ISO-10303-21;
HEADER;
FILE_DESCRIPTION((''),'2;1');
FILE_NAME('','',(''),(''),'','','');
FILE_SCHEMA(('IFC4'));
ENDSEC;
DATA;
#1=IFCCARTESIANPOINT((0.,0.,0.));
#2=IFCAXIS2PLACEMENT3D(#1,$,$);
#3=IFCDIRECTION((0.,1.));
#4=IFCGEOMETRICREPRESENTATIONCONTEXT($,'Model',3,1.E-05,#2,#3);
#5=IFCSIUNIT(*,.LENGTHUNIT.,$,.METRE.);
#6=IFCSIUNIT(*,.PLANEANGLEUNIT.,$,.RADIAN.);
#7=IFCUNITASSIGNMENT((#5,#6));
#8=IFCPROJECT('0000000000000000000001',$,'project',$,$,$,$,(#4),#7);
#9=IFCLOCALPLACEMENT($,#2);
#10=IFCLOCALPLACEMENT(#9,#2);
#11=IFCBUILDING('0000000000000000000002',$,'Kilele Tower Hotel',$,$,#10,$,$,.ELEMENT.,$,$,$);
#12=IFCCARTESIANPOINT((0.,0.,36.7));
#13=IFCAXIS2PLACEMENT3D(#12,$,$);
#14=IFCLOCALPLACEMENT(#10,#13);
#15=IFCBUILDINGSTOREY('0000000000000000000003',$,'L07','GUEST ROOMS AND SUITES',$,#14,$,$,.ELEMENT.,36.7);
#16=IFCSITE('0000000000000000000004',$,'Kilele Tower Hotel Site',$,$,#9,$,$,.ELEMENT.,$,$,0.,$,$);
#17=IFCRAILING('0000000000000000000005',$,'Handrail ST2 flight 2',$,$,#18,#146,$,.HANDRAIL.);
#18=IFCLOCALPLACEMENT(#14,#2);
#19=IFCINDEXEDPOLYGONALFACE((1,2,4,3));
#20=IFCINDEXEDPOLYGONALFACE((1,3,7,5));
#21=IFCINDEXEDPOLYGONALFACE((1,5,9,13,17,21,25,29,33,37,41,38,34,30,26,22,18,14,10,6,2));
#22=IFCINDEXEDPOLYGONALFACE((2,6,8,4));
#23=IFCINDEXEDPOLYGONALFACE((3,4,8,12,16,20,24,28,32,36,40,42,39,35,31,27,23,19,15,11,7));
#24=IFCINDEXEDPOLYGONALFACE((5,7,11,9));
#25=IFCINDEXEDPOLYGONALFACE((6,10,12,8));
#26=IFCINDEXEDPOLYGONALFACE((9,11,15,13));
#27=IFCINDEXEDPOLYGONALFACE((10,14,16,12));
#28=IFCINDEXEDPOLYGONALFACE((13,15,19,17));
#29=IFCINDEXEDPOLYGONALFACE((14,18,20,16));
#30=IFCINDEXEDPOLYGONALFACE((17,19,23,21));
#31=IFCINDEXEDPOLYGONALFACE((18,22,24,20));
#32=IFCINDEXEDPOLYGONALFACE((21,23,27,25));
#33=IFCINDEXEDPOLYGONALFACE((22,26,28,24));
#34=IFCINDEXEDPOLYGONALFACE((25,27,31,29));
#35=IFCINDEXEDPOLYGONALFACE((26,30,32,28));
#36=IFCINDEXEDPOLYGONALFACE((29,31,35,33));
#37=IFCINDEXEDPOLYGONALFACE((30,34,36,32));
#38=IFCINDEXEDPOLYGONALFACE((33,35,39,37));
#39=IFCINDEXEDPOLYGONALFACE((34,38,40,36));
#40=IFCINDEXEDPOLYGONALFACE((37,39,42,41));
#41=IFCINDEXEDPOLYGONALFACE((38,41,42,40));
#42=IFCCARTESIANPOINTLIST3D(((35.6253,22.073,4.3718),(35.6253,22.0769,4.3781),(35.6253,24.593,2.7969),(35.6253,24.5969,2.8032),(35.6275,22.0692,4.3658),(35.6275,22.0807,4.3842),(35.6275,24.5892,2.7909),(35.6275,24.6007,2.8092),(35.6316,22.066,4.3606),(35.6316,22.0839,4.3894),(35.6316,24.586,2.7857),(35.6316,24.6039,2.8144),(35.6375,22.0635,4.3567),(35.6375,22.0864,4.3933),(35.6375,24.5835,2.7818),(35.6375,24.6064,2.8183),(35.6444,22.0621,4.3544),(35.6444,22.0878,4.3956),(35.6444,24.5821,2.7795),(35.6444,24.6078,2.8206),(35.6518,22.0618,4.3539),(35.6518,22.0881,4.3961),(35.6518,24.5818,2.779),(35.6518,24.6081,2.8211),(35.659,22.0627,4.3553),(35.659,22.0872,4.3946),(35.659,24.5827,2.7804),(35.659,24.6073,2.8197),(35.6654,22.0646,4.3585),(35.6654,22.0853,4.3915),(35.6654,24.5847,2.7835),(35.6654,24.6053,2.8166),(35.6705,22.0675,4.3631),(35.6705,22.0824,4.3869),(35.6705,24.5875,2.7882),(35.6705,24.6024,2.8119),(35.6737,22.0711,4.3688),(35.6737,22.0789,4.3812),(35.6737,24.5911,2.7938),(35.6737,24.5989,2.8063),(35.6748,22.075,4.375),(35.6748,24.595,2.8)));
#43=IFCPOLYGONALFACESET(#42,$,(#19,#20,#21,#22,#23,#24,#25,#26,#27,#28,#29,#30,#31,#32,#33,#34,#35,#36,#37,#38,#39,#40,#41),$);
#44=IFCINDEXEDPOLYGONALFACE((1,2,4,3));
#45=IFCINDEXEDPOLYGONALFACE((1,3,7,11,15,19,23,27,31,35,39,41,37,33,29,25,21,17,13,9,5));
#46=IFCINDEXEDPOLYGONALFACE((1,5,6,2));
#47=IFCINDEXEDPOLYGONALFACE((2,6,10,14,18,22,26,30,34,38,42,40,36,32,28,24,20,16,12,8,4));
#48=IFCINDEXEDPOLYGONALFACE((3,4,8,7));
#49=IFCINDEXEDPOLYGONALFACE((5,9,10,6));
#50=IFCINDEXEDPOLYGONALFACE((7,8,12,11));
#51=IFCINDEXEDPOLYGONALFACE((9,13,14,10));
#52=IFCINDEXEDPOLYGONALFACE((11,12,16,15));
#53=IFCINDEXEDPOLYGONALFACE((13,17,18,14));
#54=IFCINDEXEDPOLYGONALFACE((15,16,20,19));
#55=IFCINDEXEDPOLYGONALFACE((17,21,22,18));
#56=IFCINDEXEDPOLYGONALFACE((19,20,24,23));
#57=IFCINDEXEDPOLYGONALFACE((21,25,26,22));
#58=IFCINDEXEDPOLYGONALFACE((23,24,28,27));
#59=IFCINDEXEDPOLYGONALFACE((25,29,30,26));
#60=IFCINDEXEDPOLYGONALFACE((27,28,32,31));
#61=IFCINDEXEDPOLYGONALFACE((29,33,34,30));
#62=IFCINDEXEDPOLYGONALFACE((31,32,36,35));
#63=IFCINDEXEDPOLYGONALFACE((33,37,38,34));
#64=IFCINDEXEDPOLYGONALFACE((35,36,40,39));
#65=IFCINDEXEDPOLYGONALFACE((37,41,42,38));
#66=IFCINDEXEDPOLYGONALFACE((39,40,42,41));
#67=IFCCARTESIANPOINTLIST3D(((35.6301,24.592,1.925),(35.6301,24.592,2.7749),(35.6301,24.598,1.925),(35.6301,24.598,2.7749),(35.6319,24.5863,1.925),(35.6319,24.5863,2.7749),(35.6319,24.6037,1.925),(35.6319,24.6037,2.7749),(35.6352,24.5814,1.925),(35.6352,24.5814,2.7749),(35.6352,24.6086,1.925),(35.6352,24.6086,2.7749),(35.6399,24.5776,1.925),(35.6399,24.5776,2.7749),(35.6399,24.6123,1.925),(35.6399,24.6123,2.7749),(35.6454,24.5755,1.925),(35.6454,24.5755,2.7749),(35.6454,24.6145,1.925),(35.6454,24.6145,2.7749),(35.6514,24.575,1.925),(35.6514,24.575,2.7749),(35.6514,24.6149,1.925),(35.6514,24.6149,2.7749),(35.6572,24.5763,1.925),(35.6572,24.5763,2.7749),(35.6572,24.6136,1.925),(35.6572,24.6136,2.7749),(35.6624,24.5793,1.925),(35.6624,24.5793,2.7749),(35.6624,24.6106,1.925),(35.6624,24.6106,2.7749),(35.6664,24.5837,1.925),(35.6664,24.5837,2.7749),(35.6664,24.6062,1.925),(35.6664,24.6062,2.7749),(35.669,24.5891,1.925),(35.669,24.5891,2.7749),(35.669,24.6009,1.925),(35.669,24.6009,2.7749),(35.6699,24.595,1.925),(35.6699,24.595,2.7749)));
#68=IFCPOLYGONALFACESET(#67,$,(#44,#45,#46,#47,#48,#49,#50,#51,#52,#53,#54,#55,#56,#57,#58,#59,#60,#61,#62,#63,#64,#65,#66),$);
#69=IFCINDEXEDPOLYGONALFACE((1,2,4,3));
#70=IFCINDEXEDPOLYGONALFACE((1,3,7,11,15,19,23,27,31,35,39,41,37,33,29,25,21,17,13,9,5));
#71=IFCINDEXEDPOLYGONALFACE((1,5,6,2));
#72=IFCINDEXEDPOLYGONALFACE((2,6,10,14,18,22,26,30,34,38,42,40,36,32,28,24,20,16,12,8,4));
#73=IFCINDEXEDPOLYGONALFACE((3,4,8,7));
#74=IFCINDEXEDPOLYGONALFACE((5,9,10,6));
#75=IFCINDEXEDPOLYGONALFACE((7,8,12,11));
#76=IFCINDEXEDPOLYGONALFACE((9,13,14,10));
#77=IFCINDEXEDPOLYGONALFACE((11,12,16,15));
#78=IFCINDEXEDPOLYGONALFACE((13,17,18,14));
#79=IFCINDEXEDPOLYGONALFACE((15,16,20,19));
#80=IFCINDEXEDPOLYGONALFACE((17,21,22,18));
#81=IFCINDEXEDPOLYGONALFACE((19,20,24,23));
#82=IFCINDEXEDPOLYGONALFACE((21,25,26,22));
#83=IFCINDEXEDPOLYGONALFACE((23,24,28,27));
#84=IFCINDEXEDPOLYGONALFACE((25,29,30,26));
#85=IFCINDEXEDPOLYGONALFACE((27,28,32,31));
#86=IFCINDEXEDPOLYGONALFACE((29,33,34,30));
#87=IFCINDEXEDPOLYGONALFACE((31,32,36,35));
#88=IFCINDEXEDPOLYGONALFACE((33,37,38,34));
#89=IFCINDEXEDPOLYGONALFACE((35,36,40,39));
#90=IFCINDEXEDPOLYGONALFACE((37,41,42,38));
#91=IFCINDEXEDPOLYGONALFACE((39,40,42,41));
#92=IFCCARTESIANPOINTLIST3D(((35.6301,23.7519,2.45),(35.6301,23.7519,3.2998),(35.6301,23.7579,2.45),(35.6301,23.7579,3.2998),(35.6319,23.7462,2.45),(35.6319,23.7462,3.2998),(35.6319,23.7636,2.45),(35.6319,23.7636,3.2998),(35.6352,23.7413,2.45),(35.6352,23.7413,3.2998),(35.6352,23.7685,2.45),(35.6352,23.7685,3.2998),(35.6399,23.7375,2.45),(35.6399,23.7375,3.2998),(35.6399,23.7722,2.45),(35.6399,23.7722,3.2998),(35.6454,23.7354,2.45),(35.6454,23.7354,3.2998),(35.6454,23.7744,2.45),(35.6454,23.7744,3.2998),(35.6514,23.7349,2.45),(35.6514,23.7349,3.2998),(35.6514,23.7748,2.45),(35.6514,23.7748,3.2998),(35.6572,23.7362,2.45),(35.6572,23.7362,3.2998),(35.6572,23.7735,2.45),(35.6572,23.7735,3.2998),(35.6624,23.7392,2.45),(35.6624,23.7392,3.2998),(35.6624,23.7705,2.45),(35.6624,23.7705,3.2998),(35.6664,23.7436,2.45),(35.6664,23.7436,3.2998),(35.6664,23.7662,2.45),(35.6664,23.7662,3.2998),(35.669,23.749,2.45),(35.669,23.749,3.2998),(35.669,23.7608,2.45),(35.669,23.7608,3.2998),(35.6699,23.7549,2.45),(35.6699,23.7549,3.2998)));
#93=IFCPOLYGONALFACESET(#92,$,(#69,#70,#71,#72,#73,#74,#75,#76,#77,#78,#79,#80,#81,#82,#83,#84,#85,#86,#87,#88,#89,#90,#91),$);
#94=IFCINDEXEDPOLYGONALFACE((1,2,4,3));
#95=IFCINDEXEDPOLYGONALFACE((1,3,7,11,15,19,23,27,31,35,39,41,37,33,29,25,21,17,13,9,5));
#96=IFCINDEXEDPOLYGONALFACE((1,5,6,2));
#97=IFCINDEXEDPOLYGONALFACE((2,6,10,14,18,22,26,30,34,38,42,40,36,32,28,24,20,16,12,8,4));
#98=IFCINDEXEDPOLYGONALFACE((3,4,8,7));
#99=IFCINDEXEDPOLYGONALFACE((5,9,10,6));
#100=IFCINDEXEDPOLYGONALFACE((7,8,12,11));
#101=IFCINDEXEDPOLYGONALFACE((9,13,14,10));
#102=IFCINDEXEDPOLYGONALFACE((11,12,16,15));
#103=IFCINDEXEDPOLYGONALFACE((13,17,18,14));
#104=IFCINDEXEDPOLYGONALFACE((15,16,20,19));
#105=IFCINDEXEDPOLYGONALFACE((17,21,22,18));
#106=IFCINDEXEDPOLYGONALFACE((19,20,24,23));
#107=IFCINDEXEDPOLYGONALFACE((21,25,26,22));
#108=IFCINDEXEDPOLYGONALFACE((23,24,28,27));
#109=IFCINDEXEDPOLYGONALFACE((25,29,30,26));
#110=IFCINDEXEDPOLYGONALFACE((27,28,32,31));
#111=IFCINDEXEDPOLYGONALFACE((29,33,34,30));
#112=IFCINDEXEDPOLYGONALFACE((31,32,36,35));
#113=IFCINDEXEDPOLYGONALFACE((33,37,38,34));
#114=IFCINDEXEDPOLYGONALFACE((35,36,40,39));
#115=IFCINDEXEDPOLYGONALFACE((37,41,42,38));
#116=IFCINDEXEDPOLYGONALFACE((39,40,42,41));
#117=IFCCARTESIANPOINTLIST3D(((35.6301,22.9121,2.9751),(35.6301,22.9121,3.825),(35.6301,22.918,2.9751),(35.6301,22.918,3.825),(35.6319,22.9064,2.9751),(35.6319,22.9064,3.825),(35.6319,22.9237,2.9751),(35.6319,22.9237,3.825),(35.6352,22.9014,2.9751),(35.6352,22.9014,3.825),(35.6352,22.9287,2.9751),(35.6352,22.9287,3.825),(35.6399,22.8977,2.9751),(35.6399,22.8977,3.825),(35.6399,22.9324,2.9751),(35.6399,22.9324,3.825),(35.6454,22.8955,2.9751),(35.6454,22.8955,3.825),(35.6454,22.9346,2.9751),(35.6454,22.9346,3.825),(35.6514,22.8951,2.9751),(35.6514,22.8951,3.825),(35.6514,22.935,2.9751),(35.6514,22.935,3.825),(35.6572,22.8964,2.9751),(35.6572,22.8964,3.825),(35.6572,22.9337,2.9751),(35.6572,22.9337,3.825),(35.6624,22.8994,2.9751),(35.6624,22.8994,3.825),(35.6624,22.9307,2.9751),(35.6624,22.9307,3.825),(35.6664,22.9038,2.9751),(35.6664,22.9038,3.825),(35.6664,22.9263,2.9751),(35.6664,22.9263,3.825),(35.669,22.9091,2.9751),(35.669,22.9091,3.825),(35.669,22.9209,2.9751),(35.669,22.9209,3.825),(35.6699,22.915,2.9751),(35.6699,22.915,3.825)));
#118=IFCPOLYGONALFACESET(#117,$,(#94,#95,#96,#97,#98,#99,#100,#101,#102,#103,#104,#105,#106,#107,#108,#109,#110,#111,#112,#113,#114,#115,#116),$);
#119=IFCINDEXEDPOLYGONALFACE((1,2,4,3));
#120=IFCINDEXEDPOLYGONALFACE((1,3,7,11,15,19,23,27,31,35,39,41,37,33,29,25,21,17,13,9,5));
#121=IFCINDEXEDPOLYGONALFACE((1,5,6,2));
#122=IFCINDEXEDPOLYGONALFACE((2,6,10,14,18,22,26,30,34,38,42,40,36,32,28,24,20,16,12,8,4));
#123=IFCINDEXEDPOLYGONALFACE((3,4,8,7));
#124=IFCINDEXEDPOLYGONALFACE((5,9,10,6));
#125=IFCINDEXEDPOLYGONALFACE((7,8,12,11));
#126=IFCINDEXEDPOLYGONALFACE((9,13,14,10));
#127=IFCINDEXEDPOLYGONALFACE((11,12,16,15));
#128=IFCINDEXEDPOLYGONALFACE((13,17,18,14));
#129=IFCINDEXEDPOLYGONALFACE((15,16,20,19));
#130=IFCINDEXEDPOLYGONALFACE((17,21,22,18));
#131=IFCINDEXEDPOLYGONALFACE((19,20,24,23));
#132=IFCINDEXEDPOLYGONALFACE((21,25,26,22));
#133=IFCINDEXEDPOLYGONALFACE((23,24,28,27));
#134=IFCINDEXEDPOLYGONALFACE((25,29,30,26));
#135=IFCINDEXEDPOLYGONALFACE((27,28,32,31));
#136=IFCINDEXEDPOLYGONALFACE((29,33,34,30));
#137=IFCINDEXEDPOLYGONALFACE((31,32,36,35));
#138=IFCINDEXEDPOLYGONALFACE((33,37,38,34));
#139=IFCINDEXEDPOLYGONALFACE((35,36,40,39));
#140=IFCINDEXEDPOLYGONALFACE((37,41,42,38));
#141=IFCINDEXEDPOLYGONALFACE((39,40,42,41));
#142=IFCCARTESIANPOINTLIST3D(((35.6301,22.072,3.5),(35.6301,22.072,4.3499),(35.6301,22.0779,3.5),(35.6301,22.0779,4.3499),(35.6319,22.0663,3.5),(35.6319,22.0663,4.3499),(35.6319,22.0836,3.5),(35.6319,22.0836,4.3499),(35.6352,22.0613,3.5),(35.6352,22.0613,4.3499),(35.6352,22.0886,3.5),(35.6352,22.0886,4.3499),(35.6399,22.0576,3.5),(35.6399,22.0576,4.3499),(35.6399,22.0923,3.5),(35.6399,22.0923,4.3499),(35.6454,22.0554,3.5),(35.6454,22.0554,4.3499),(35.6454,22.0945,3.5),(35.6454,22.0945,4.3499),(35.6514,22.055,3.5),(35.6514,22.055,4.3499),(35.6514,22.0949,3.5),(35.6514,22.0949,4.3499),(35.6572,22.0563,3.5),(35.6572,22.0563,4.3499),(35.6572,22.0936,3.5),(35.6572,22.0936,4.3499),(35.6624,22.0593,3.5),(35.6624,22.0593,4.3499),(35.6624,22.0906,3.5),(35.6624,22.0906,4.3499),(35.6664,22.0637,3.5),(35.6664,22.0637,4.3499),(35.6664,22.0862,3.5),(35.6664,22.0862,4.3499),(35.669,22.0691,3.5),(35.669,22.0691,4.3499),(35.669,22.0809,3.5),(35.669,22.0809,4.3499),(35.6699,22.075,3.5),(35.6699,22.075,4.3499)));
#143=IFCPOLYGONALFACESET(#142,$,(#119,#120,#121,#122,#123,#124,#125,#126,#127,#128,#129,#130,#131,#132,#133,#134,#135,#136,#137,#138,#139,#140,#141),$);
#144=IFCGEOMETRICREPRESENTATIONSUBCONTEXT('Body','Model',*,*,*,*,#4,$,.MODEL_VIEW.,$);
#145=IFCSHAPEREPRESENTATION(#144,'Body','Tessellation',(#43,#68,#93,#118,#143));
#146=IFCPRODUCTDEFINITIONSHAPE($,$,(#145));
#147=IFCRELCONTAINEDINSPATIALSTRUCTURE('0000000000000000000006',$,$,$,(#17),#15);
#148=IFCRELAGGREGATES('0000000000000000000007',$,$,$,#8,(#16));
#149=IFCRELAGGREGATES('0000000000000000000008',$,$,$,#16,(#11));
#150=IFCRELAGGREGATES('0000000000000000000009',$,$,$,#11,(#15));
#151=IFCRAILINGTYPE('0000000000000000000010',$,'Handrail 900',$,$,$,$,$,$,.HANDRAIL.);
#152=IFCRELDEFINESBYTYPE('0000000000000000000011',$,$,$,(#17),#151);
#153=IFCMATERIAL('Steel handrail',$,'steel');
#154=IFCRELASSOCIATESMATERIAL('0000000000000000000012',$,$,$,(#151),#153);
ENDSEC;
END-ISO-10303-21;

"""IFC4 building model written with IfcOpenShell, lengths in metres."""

from ifc_helpers import new_model, si_unit, direction, frame, origin, origin_2d, place, context, subcontext, project, spatial, circle, extrude, material, type_object, element, save


model = new_model("IFC4")

# Units and contexts
model_context = context("Model", 3, precision=1e-05, world=origin(), true_north=direction((0.0, 1.0)))
body_context = subcontext(model_context, "Body", "Model", "MODEL_VIEW")
ifc_project = project(units=[si_unit("LENGTHUNIT", "METRE"), si_unit("PLANEANGLEUNIT", "RADIAN")], contexts=[model_context])

# Site, building, storey
site_placement = place(None, origin())
site = spatial("IfcSite", under=ifc_project, at=site_placement, Name="Kilele Tower Hotel Site", CompositionType="ELEMENT", RefElevation=0.0)
building_placement = place(site_placement, origin())
building = spatial("IfcBuilding", under=site, at=building_placement, Name="Kilele Tower Hotel", CompositionType="ELEMENT")
storey_placement = place(building_placement, frame((0.0, 0.0, 36.7)))
storey = spatial("IfcBuildingStorey", under=building, at=storey_placement, Name="L07", Description="GUEST ROOMS AND SUITES", CompositionType="ELEMENT", Elevation=36.7)

# Railing
ifc_material_1 = material(Name="Steel handrail", Category="steel")
railing_type_1 = type_object("IfcRailingType", Name="Handrail 900", PredefinedType="HANDRAIL", material=ifc_material_1)
for number, where, name in (
    (1, (35.6499, 24.595, 1.925), "Handrail ST2 flight 2"),
):
    element("IfcRailing", number, at=place(storey_placement, frame(where)), inside=storey, type_object=railing_type_1, Name=name, PredefinedType="HANDRAIL", context=body_context, shape_type="SweptSolid", body=[
        extrude(circle(Radius=0.0249, at=origin_2d()), frame((0.0, 0.0, 0.875), z_axis=(0.0, -0.848008, 0.529984), x_axis=(1.0, 0.0, 0.0)), (0.0, 0.0, 1.0), 2.9717),
        extrude(circle(Radius=0.02, at=origin_2d()), origin(), (0.0, 0.0, 1.0), 0.8499),
        extrude(circle(Radius=0.02, at=origin_2d()), frame((0.0, -0.8401, 0.5249)), (0.0, 0.0, 1.0), 0.8499),
        extrude(circle(Radius=0.02, at=origin_2d()), frame((0.0, -1.6799, 1.05)), (0.0, 0.0, 1.0), 0.8499),
        extrude(circle(Radius=0.02, at=origin_2d()), frame((0.0, -2.52, 1.575)), (0.0, 0.0, 1.0), 0.8499),
    ])

save(model, "model.ifc")
